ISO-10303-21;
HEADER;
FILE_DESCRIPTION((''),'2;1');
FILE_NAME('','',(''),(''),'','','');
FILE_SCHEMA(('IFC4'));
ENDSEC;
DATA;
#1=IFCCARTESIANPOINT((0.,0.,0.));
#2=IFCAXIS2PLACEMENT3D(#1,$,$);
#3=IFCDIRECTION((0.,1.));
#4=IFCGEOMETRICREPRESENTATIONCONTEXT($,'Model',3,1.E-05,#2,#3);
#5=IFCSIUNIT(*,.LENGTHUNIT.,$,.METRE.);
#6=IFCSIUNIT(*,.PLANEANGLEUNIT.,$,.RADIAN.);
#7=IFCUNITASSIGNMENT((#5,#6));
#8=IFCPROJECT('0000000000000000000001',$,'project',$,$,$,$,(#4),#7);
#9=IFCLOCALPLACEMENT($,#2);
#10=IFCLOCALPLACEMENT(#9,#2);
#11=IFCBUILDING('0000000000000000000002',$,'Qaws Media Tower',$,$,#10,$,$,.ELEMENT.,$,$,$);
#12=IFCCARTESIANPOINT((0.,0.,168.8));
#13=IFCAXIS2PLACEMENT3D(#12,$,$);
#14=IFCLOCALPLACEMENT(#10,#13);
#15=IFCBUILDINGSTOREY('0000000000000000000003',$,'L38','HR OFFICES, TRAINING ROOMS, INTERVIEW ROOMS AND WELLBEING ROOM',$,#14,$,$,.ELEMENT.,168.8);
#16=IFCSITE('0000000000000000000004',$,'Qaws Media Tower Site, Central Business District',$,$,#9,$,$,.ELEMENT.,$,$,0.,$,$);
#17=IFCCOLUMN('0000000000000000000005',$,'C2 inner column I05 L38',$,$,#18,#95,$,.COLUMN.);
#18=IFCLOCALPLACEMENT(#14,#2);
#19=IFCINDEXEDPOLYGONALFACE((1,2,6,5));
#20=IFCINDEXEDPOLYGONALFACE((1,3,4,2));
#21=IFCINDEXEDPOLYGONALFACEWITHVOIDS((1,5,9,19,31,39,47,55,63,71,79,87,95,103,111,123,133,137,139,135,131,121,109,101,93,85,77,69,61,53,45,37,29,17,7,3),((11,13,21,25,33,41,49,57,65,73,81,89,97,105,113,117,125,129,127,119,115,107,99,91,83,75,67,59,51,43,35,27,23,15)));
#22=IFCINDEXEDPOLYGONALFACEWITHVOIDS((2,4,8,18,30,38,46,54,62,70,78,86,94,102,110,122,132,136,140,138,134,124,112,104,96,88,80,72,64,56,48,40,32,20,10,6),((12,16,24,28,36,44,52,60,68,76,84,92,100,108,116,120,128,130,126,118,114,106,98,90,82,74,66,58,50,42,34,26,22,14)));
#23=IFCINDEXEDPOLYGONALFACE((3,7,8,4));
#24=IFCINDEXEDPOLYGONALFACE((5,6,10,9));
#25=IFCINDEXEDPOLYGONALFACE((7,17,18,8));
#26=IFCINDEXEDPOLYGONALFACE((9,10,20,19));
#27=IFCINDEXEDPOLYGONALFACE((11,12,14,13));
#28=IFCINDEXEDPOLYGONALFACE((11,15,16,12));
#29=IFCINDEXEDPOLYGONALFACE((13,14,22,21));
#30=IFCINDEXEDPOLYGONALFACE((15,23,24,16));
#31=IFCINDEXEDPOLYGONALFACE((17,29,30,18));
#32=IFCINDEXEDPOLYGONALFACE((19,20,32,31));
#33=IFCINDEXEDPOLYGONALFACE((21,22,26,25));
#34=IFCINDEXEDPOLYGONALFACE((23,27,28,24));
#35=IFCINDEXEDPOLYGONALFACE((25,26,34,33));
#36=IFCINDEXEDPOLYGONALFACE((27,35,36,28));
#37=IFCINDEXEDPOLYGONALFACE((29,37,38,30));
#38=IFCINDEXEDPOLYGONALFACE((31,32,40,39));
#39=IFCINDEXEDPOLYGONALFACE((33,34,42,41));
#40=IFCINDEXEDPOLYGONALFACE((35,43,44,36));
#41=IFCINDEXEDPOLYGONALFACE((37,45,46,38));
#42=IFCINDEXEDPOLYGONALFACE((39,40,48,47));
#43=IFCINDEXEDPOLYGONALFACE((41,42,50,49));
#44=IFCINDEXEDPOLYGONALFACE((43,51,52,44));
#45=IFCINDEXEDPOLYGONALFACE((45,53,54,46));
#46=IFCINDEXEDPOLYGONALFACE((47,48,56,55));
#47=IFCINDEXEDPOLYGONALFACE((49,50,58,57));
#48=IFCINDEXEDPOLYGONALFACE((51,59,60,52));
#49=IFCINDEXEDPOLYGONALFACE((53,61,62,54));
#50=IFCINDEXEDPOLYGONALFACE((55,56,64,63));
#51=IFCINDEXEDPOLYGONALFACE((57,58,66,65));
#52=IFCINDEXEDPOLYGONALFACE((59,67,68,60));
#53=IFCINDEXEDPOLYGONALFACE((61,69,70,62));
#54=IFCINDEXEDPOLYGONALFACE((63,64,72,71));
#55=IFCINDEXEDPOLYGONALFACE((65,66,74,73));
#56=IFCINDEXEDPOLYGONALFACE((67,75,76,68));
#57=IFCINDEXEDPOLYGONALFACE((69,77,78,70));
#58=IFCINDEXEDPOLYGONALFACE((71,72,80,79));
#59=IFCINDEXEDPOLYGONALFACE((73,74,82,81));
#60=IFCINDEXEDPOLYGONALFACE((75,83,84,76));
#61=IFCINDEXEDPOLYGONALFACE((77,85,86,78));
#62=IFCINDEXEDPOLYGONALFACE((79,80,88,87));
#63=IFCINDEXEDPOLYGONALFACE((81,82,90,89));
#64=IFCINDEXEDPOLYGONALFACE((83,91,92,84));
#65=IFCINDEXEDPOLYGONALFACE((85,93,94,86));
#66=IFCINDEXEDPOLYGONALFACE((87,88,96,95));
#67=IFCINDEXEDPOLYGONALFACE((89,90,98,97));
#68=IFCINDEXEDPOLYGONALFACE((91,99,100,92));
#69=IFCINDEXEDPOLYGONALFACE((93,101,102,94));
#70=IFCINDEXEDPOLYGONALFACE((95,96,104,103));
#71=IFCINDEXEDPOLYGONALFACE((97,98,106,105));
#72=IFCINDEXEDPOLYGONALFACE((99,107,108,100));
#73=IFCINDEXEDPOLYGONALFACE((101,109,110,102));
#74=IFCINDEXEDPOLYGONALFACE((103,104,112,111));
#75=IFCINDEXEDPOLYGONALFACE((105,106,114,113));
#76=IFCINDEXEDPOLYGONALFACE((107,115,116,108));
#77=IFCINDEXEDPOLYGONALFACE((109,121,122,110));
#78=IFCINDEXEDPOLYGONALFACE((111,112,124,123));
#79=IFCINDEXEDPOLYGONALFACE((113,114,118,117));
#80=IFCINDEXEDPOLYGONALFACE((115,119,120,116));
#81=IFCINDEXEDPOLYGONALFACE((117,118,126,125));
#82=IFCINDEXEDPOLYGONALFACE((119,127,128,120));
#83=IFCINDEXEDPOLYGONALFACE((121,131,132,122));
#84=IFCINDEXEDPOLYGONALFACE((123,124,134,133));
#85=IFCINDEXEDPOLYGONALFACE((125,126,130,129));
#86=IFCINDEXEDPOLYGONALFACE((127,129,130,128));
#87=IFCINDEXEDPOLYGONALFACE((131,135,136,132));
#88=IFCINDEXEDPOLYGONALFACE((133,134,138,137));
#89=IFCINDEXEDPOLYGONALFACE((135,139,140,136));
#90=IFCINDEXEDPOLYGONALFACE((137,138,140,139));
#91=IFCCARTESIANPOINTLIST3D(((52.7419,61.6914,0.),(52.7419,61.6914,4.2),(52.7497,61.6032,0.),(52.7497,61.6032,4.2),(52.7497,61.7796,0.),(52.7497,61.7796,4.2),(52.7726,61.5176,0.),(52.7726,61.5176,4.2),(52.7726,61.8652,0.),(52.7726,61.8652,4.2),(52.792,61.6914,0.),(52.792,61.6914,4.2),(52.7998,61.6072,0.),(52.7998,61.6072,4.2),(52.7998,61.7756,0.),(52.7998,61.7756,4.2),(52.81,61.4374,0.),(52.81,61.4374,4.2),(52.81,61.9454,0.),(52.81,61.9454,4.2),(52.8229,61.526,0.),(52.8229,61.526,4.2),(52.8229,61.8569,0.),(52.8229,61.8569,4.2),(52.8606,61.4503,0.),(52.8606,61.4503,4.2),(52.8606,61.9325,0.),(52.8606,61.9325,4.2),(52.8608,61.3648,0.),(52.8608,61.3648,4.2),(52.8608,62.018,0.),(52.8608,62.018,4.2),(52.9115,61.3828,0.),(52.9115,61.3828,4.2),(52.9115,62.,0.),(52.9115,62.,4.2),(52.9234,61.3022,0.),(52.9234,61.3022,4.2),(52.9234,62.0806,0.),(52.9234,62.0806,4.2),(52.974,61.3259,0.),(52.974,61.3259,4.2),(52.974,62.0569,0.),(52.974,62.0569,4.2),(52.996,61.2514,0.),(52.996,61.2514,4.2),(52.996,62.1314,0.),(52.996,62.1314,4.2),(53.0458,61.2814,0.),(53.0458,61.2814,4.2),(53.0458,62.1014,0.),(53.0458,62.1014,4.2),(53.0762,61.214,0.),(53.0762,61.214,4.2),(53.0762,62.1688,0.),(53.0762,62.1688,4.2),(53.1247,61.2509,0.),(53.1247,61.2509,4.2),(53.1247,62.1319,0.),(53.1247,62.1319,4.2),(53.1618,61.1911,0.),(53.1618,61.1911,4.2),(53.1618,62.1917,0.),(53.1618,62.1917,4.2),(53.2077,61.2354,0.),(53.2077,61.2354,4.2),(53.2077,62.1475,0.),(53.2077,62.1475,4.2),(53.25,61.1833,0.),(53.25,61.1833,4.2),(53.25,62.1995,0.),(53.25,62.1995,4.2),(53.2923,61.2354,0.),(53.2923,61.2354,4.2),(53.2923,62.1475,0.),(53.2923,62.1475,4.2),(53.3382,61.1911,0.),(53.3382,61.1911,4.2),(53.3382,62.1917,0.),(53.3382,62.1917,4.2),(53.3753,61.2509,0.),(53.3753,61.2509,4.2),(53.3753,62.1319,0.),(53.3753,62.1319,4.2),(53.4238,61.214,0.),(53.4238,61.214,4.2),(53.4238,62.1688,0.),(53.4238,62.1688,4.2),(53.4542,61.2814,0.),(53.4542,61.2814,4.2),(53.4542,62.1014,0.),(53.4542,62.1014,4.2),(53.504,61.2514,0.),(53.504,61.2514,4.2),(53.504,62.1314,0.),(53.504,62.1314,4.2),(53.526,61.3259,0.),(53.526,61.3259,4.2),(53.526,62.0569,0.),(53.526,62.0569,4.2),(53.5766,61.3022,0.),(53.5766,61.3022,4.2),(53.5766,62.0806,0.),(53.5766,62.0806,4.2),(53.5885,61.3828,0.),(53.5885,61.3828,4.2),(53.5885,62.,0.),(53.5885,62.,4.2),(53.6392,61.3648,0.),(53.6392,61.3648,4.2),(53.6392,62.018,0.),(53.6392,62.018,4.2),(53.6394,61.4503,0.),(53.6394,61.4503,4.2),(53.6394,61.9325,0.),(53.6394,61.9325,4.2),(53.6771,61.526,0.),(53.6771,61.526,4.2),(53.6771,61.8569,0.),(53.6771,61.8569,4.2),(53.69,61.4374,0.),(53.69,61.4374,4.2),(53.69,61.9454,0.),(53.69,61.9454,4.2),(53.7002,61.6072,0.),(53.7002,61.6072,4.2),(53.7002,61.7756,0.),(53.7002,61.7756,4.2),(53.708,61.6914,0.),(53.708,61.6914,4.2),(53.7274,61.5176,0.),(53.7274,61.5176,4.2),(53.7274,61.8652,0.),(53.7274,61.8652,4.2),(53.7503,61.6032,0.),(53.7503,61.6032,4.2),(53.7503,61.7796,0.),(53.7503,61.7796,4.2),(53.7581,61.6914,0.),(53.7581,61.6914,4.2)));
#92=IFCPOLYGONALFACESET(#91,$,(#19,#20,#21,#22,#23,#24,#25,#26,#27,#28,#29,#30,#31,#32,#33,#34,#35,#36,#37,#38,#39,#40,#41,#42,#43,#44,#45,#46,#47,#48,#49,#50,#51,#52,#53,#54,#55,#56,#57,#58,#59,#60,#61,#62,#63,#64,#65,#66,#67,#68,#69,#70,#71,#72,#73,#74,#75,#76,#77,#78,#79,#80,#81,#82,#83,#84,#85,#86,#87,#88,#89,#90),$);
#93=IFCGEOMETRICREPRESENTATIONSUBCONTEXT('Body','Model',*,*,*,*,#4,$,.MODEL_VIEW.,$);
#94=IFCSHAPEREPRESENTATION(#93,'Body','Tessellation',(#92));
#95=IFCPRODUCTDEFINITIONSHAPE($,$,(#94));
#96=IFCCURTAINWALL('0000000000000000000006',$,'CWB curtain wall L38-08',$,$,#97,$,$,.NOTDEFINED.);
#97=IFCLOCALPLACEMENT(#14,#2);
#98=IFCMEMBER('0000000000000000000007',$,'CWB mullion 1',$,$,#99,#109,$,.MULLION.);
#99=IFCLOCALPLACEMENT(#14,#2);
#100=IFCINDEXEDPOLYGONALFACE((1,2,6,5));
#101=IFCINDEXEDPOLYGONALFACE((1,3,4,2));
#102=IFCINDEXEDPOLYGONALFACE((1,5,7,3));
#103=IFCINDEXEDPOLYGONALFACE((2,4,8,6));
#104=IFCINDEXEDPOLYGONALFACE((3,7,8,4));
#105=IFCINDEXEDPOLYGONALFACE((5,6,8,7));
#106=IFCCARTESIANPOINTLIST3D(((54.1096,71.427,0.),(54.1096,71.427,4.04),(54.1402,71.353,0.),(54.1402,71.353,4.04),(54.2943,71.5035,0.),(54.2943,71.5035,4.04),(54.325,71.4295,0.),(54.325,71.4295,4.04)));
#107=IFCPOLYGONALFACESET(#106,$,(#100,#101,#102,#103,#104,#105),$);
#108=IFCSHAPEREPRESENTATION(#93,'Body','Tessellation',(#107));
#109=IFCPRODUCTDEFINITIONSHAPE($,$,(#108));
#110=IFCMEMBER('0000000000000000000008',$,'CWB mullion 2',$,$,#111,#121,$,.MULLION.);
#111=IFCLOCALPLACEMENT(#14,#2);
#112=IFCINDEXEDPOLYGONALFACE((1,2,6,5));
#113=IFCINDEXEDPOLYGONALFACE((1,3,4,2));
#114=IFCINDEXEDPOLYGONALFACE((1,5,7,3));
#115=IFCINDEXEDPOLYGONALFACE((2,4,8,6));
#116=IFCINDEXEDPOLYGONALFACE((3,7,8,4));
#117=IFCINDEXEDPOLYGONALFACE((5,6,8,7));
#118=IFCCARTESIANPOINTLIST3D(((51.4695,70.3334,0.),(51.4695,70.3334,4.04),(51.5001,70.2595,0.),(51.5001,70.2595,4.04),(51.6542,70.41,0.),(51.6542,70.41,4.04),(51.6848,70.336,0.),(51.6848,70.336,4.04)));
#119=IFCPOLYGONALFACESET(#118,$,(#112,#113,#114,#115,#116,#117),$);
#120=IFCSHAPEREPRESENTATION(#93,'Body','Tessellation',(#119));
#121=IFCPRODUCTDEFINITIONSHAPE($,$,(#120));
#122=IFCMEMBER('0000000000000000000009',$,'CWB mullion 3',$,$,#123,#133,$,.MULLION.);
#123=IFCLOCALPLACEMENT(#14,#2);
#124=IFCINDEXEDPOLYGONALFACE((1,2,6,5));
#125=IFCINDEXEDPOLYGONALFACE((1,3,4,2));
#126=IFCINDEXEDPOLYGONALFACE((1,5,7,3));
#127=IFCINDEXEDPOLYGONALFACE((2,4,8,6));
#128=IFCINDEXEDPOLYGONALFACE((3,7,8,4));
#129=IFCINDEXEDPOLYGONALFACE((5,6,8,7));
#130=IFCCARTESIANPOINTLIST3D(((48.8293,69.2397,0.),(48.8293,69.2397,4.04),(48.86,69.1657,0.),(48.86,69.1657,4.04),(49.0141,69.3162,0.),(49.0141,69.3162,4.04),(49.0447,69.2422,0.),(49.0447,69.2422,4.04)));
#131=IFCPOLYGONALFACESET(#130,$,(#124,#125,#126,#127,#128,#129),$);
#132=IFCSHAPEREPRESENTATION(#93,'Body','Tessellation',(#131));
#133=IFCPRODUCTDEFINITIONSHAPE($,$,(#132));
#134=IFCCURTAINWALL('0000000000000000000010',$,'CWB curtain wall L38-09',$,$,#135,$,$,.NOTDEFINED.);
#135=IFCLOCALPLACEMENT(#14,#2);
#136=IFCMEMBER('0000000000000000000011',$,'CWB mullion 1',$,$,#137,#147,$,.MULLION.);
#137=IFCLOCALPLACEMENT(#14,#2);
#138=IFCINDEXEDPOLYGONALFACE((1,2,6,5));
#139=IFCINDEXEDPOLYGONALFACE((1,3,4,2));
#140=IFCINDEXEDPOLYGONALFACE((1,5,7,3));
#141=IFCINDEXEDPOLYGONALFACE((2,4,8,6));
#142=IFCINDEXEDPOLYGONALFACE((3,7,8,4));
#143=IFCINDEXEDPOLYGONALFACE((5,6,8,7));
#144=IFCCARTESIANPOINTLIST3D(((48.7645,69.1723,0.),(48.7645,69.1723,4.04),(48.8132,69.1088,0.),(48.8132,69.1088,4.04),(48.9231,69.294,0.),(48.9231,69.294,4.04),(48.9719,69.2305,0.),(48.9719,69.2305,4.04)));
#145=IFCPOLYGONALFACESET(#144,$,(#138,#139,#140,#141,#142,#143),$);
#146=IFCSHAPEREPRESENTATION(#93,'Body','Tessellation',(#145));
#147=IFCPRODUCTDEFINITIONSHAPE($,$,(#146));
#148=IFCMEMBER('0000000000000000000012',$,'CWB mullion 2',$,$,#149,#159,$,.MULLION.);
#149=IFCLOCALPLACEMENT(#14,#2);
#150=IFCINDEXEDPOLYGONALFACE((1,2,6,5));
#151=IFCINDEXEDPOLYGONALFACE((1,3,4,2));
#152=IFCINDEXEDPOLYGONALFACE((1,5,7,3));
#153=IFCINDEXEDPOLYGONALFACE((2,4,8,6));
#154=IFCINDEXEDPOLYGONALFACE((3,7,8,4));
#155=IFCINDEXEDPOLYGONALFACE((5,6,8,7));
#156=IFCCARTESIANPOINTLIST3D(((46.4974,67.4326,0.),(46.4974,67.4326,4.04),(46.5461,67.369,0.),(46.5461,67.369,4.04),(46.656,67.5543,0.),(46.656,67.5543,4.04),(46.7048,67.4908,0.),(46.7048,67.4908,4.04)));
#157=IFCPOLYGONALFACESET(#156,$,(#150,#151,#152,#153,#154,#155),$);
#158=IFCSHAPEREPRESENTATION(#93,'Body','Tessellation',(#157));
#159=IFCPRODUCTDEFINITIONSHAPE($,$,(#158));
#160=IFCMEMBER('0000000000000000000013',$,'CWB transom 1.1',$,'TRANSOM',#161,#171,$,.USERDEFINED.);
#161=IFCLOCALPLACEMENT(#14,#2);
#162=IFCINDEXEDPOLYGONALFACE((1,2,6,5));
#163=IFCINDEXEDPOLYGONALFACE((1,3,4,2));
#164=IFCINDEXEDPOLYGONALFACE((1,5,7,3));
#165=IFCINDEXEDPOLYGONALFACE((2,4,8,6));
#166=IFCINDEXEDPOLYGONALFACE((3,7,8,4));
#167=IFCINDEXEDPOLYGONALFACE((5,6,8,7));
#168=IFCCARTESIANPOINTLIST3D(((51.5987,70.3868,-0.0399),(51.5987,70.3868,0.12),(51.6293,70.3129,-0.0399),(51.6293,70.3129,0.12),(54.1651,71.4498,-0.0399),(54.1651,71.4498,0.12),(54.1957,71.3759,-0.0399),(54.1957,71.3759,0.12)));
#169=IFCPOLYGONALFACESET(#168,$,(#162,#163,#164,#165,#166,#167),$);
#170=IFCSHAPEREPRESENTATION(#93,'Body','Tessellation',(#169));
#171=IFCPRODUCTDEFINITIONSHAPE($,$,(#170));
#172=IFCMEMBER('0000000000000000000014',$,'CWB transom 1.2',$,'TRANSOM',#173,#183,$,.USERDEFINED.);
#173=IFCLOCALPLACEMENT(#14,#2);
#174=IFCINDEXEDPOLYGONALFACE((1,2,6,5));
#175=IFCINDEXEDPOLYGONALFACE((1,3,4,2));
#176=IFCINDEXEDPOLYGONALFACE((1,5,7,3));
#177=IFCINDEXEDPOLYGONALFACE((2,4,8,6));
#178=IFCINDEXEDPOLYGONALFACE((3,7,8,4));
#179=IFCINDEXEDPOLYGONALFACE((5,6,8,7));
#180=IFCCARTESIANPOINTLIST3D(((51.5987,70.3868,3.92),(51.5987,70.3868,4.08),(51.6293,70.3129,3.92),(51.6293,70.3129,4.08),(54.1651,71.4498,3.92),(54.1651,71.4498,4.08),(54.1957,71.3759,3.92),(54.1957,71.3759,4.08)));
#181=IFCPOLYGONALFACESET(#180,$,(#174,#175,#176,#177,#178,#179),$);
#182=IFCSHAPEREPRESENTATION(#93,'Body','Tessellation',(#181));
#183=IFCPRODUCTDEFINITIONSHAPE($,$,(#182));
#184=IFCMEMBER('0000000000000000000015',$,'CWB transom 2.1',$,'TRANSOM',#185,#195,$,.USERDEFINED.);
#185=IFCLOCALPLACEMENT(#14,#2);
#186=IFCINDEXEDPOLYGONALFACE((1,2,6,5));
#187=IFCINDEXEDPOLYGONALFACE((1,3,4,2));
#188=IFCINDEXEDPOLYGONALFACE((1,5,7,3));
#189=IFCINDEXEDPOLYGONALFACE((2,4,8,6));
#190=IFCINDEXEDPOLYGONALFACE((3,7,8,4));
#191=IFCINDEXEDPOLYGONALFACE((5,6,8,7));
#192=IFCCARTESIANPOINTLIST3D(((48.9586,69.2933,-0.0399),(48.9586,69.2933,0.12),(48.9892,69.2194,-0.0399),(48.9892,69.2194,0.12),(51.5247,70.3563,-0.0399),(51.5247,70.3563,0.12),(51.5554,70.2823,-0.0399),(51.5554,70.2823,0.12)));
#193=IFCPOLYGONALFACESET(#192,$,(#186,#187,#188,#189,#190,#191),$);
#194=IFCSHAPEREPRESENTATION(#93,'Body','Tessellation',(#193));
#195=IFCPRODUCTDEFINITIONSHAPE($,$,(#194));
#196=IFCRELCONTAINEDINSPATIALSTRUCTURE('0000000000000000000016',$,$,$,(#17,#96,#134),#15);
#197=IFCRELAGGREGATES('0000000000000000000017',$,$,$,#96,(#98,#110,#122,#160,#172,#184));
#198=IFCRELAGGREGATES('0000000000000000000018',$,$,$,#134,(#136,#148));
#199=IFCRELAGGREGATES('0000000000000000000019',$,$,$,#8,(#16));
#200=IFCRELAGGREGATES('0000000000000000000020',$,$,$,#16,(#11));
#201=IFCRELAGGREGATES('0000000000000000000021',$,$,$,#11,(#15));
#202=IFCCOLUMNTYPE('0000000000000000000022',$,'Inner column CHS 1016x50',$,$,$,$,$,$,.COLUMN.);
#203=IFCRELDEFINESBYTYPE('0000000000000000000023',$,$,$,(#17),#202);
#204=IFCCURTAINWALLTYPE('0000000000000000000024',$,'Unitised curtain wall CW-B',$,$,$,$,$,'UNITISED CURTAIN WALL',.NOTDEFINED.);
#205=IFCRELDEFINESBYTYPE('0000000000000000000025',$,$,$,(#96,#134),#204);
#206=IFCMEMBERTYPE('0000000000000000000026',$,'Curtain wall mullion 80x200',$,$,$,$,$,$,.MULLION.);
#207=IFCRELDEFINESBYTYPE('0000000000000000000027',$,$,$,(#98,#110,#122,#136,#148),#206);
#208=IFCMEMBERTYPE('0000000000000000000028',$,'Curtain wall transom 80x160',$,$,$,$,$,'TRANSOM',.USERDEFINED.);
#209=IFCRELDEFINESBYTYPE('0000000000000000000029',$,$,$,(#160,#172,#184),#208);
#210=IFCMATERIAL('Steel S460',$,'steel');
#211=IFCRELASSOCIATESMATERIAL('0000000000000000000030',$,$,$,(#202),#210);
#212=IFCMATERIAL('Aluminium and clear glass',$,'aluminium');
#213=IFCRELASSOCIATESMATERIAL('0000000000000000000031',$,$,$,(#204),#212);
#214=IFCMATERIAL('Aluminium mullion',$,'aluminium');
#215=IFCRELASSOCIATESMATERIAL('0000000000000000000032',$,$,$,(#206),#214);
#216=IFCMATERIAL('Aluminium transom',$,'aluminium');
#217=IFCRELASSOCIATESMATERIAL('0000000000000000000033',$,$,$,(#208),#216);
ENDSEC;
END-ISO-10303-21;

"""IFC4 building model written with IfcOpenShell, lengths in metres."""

from ifc_helpers import new_model, si_unit, direction, frame, origin, origin_2d, place, context, subcontext, project, spatial, rectangle, hollow_circle, extrude, material, material_profile, profile_set, type_object, element, aggregate, save


model = new_model("IFC4")

# Units and contexts
model_context = context("Model", 3, precision=1e-05, world=origin(), true_north=direction((0.0, 1.0)))
body_context = subcontext(model_context, "Body", "Model", "MODEL_VIEW")
ifc_project = project(units=[si_unit("LENGTHUNIT", "METRE"), si_unit("PLANEANGLEUNIT", "RADIAN")], contexts=[model_context])

# Site, building, storey
site_placement = place(None, origin())
site = spatial("IfcSite", under=ifc_project, at=site_placement, Name="Qaws Media Tower Site, Central Business District", CompositionType="ELEMENT", RefElevation=0.0)
building_placement = place(site_placement, origin())
building = spatial("IfcBuilding", under=site, at=building_placement, Name="Qaws Media Tower", CompositionType="ELEMENT")
storey_placement = place(building_placement, frame((0.0, 0.0, 168.8)))
storey = spatial("IfcBuildingStorey", under=building, at=storey_placement, Name="L38", Description="HR OFFICES, TRAINING ROOMS, INTERVIEW ROOMS AND WELLBEING ROOM", CompositionType="ELEMENT", Elevation=168.8)

# Column
ifc_material_1 = material(Name="Steel S460", Category="steel")
ifc_material_profile_1 = material_profile(ifc_material_1, hollow_circle(Radius=0.5081, WallThickness=0.05, at=origin_2d()), Name="CHS 1016x50")
ifc_profile_set_1 = profile_set([ifc_material_profile_1], Name="Steel S460")
column_type = type_object("IfcColumnType", Name="Inner column CHS 1016x50", PredefinedType="COLUMN", material=ifc_profile_set_1)
column_placement = place(storey_placement, frame((53.25, 61.6914, 0.0), z_axis=(0.0, 0.0, 1.0), x_axis=(1.0, 0.0, 0.0)))
element("IfcColumn", 1, at=column_placement, inside=storey, type_object=column_type, Name="C2 inner column I05 L38", PredefinedType="COLUMN", context=body_context, shape_type="SweptSolid", body=[
    extrude(hollow_circle(Radius=0.5081, WallThickness=0.05, at=origin_2d()), origin(), (0.0, 0.0, 1.0), 4.2),
])

# Curtain walls, members
ifc_material_2 = material(Name="Aluminium and clear glass", Category="aluminium")
curtain_wall_type = type_object("IfcCurtainWallType", Name="Unitised curtain wall CW-B", ElementType="UNITISED CURTAIN WALL", PredefinedType="NOTDEFINED", material=ifc_material_2)
curtain_wall_1_placement = place(storey_placement, origin())
curtain_wall_1 = element("IfcCurtainWall", 2, at=curtain_wall_1_placement, inside=storey, type_object=curtain_wall_type, Name="CWB curtain wall L38-08", PredefinedType="NOTDEFINED")
ifc_material_3 = material(Name="Aluminium mullion", Category="aluminium")
ifc_material_profile_2 = material_profile(ifc_material_3, rectangle(XDim=0.0801, YDim=0.2, at=origin_2d()), Name="80x200")
ifc_profile_set_2 = profile_set([ifc_material_profile_2], Name="Aluminium mullion")
member_type_1 = type_object("IfcMemberType", Name="Curtain wall mullion 80x200", PredefinedType="MULLION", material=ifc_profile_set_2)
member_1_placement = place(storey_placement, frame((54.2173, 71.4282, 0.0), z_axis=(0.0, 0.0, 1.0), x_axis=(0.382683, -0.92388, 0.0)))
member_1 = element("IfcMember", 3, at=member_1_placement, type_object=member_type_1, Name="CWB mullion 1", PredefinedType="MULLION", context=body_context, shape_type="SweptSolid", body=[
    extrude(rectangle(XDim=0.0801, YDim=0.2, at=origin_2d()), origin(), (0.0, 0.0, 1.0), 4.04),
])
member_2_placement = place(storey_placement, frame((51.5771, 70.3347, 0.0), z_axis=(0.0, 0.0, 1.0), x_axis=(0.382683, -0.92388, 0.0)))
member_2 = element("IfcMember", 4, at=member_2_placement, type_object=member_type_1, Name="CWB mullion 2", PredefinedType="MULLION", context=body_context, shape_type="SweptSolid", body=[
    extrude(rectangle(XDim=0.0801, YDim=0.2, at=origin_2d()), origin(), (0.0, 0.0, 1.0), 4.04),
])
member_3_placement = place(storey_placement, frame((48.937, 69.241, 0.0), z_axis=(0.0, 0.0, 1.0), x_axis=(0.382683, -0.92388, 0.0)))
member_3 = element("IfcMember", 5, at=member_3_placement, type_object=member_type_1, Name="CWB mullion 3", PredefinedType="MULLION", context=body_context, shape_type="SweptSolid", body=[
    extrude(rectangle(XDim=0.0801, YDim=0.2, at=origin_2d()), origin(), (0.0, 0.0, 1.0), 4.04),
])
curtain_wall_2_placement = place(storey_placement, origin())
curtain_wall_2 = element("IfcCurtainWall", 6, at=curtain_wall_2_placement, inside=storey, type_object=curtain_wall_type, Name="CWB curtain wall L38-09", PredefinedType="NOTDEFINED")
member_4_placement = place(storey_placement, frame((48.8682, 69.2014, 0.0), z_axis=(0.0, 0.0, 1.0), x_axis=(0.608761, -0.793353, 0.0)))
member_4 = element("IfcMember", 7, at=member_4_placement, type_object=member_type_1, Name="CWB mullion 1", PredefinedType="MULLION", context=body_context, shape_type="SweptSolid", body=[
    extrude(rectangle(XDim=0.0801, YDim=0.2, at=origin_2d()), origin(), (0.0, 0.0, 1.0), 4.04),
])
member_5_placement = place(storey_placement, frame((46.6011, 67.4617, 0.0), z_axis=(0.0, 0.0, 1.0), x_axis=(0.608761, -0.793353, 0.0)))
member_5 = element("IfcMember", 8, at=member_5_placement, type_object=member_type_1, Name="CWB mullion 2", PredefinedType="MULLION", context=body_context, shape_type="SweptSolid", body=[
    extrude(rectangle(XDim=0.0801, YDim=0.2, at=origin_2d()), origin(), (0.0, 0.0, 1.0), 4.04),
])

# Members
ifc_material_4 = material(Name="Aluminium transom", Category="aluminium")
ifc_material_profile_3 = material_profile(ifc_material_4, rectangle(XDim=0.0801, YDim=0.1599, at=origin_2d()), Name="80x160")
ifc_profile_set_3 = profile_set([ifc_material_profile_3], Name="Aluminium transom")
member_type_2 = type_object("IfcMemberType", Name="Curtain wall transom 80x160", ElementType="TRANSOM", PredefinedType="USERDEFINED", material=ifc_profile_set_3)
member_6_placement = place(storey_placement, frame((54.1804, 71.4128, 0.04), z_axis=(-0.923886, -0.382667, 0.0), x_axis=(0.382667, -0.923886, 0.0)))
member_6 = element("IfcMember", 9, at=member_6_placement, type_object=member_type_2, Name="CWB transom 1.1", ObjectType="TRANSOM", PredefinedType="USERDEFINED", context=body_context, shape_type="SweptSolid", body=[
    extrude(rectangle(XDim=0.0801, YDim=0.1599, at=origin_2d()), origin(), (0.0, 0.0, 1.0), 2.7778),
])
member_7_placement = place(storey_placement, frame((54.1804, 71.4128, 4.0), z_axis=(-0.923886, -0.382667, 0.0), x_axis=(0.382667, -0.923886, 0.0)))
member_7 = element("IfcMember", 10, at=member_7_placement, type_object=member_type_2, Name="CWB transom 1.2", ObjectType="TRANSOM", PredefinedType="USERDEFINED", context=body_context, shape_type="SweptSolid", body=[
    extrude(rectangle(XDim=0.0801, YDim=0.1599, at=origin_2d()), origin(), (0.0, 0.0, 1.0), 2.7778),
])
member_8_placement = place(storey_placement, frame((51.54, 70.3193, 0.04), z_axis=(-0.923873, -0.382699, 0.0), x_axis=(0.382699, -0.923873, 0.0)))
member_8 = element("IfcMember", 11, at=member_8_placement, type_object=member_type_2, Name="CWB transom 2.1", ObjectType="TRANSOM", PredefinedType="USERDEFINED", context=body_context, shape_type="SweptSolid", body=[
    extrude(rectangle(XDim=0.0801, YDim=0.1599, at=origin_2d()), origin(), (0.0, 0.0, 1.0), 2.7776),
])

aggregate(curtain_wall_1, [member_1, member_2, member_3, member_6, member_7, member_8])
aggregate(curtain_wall_2, [member_4, member_5])

save(model, "model.ifc")
